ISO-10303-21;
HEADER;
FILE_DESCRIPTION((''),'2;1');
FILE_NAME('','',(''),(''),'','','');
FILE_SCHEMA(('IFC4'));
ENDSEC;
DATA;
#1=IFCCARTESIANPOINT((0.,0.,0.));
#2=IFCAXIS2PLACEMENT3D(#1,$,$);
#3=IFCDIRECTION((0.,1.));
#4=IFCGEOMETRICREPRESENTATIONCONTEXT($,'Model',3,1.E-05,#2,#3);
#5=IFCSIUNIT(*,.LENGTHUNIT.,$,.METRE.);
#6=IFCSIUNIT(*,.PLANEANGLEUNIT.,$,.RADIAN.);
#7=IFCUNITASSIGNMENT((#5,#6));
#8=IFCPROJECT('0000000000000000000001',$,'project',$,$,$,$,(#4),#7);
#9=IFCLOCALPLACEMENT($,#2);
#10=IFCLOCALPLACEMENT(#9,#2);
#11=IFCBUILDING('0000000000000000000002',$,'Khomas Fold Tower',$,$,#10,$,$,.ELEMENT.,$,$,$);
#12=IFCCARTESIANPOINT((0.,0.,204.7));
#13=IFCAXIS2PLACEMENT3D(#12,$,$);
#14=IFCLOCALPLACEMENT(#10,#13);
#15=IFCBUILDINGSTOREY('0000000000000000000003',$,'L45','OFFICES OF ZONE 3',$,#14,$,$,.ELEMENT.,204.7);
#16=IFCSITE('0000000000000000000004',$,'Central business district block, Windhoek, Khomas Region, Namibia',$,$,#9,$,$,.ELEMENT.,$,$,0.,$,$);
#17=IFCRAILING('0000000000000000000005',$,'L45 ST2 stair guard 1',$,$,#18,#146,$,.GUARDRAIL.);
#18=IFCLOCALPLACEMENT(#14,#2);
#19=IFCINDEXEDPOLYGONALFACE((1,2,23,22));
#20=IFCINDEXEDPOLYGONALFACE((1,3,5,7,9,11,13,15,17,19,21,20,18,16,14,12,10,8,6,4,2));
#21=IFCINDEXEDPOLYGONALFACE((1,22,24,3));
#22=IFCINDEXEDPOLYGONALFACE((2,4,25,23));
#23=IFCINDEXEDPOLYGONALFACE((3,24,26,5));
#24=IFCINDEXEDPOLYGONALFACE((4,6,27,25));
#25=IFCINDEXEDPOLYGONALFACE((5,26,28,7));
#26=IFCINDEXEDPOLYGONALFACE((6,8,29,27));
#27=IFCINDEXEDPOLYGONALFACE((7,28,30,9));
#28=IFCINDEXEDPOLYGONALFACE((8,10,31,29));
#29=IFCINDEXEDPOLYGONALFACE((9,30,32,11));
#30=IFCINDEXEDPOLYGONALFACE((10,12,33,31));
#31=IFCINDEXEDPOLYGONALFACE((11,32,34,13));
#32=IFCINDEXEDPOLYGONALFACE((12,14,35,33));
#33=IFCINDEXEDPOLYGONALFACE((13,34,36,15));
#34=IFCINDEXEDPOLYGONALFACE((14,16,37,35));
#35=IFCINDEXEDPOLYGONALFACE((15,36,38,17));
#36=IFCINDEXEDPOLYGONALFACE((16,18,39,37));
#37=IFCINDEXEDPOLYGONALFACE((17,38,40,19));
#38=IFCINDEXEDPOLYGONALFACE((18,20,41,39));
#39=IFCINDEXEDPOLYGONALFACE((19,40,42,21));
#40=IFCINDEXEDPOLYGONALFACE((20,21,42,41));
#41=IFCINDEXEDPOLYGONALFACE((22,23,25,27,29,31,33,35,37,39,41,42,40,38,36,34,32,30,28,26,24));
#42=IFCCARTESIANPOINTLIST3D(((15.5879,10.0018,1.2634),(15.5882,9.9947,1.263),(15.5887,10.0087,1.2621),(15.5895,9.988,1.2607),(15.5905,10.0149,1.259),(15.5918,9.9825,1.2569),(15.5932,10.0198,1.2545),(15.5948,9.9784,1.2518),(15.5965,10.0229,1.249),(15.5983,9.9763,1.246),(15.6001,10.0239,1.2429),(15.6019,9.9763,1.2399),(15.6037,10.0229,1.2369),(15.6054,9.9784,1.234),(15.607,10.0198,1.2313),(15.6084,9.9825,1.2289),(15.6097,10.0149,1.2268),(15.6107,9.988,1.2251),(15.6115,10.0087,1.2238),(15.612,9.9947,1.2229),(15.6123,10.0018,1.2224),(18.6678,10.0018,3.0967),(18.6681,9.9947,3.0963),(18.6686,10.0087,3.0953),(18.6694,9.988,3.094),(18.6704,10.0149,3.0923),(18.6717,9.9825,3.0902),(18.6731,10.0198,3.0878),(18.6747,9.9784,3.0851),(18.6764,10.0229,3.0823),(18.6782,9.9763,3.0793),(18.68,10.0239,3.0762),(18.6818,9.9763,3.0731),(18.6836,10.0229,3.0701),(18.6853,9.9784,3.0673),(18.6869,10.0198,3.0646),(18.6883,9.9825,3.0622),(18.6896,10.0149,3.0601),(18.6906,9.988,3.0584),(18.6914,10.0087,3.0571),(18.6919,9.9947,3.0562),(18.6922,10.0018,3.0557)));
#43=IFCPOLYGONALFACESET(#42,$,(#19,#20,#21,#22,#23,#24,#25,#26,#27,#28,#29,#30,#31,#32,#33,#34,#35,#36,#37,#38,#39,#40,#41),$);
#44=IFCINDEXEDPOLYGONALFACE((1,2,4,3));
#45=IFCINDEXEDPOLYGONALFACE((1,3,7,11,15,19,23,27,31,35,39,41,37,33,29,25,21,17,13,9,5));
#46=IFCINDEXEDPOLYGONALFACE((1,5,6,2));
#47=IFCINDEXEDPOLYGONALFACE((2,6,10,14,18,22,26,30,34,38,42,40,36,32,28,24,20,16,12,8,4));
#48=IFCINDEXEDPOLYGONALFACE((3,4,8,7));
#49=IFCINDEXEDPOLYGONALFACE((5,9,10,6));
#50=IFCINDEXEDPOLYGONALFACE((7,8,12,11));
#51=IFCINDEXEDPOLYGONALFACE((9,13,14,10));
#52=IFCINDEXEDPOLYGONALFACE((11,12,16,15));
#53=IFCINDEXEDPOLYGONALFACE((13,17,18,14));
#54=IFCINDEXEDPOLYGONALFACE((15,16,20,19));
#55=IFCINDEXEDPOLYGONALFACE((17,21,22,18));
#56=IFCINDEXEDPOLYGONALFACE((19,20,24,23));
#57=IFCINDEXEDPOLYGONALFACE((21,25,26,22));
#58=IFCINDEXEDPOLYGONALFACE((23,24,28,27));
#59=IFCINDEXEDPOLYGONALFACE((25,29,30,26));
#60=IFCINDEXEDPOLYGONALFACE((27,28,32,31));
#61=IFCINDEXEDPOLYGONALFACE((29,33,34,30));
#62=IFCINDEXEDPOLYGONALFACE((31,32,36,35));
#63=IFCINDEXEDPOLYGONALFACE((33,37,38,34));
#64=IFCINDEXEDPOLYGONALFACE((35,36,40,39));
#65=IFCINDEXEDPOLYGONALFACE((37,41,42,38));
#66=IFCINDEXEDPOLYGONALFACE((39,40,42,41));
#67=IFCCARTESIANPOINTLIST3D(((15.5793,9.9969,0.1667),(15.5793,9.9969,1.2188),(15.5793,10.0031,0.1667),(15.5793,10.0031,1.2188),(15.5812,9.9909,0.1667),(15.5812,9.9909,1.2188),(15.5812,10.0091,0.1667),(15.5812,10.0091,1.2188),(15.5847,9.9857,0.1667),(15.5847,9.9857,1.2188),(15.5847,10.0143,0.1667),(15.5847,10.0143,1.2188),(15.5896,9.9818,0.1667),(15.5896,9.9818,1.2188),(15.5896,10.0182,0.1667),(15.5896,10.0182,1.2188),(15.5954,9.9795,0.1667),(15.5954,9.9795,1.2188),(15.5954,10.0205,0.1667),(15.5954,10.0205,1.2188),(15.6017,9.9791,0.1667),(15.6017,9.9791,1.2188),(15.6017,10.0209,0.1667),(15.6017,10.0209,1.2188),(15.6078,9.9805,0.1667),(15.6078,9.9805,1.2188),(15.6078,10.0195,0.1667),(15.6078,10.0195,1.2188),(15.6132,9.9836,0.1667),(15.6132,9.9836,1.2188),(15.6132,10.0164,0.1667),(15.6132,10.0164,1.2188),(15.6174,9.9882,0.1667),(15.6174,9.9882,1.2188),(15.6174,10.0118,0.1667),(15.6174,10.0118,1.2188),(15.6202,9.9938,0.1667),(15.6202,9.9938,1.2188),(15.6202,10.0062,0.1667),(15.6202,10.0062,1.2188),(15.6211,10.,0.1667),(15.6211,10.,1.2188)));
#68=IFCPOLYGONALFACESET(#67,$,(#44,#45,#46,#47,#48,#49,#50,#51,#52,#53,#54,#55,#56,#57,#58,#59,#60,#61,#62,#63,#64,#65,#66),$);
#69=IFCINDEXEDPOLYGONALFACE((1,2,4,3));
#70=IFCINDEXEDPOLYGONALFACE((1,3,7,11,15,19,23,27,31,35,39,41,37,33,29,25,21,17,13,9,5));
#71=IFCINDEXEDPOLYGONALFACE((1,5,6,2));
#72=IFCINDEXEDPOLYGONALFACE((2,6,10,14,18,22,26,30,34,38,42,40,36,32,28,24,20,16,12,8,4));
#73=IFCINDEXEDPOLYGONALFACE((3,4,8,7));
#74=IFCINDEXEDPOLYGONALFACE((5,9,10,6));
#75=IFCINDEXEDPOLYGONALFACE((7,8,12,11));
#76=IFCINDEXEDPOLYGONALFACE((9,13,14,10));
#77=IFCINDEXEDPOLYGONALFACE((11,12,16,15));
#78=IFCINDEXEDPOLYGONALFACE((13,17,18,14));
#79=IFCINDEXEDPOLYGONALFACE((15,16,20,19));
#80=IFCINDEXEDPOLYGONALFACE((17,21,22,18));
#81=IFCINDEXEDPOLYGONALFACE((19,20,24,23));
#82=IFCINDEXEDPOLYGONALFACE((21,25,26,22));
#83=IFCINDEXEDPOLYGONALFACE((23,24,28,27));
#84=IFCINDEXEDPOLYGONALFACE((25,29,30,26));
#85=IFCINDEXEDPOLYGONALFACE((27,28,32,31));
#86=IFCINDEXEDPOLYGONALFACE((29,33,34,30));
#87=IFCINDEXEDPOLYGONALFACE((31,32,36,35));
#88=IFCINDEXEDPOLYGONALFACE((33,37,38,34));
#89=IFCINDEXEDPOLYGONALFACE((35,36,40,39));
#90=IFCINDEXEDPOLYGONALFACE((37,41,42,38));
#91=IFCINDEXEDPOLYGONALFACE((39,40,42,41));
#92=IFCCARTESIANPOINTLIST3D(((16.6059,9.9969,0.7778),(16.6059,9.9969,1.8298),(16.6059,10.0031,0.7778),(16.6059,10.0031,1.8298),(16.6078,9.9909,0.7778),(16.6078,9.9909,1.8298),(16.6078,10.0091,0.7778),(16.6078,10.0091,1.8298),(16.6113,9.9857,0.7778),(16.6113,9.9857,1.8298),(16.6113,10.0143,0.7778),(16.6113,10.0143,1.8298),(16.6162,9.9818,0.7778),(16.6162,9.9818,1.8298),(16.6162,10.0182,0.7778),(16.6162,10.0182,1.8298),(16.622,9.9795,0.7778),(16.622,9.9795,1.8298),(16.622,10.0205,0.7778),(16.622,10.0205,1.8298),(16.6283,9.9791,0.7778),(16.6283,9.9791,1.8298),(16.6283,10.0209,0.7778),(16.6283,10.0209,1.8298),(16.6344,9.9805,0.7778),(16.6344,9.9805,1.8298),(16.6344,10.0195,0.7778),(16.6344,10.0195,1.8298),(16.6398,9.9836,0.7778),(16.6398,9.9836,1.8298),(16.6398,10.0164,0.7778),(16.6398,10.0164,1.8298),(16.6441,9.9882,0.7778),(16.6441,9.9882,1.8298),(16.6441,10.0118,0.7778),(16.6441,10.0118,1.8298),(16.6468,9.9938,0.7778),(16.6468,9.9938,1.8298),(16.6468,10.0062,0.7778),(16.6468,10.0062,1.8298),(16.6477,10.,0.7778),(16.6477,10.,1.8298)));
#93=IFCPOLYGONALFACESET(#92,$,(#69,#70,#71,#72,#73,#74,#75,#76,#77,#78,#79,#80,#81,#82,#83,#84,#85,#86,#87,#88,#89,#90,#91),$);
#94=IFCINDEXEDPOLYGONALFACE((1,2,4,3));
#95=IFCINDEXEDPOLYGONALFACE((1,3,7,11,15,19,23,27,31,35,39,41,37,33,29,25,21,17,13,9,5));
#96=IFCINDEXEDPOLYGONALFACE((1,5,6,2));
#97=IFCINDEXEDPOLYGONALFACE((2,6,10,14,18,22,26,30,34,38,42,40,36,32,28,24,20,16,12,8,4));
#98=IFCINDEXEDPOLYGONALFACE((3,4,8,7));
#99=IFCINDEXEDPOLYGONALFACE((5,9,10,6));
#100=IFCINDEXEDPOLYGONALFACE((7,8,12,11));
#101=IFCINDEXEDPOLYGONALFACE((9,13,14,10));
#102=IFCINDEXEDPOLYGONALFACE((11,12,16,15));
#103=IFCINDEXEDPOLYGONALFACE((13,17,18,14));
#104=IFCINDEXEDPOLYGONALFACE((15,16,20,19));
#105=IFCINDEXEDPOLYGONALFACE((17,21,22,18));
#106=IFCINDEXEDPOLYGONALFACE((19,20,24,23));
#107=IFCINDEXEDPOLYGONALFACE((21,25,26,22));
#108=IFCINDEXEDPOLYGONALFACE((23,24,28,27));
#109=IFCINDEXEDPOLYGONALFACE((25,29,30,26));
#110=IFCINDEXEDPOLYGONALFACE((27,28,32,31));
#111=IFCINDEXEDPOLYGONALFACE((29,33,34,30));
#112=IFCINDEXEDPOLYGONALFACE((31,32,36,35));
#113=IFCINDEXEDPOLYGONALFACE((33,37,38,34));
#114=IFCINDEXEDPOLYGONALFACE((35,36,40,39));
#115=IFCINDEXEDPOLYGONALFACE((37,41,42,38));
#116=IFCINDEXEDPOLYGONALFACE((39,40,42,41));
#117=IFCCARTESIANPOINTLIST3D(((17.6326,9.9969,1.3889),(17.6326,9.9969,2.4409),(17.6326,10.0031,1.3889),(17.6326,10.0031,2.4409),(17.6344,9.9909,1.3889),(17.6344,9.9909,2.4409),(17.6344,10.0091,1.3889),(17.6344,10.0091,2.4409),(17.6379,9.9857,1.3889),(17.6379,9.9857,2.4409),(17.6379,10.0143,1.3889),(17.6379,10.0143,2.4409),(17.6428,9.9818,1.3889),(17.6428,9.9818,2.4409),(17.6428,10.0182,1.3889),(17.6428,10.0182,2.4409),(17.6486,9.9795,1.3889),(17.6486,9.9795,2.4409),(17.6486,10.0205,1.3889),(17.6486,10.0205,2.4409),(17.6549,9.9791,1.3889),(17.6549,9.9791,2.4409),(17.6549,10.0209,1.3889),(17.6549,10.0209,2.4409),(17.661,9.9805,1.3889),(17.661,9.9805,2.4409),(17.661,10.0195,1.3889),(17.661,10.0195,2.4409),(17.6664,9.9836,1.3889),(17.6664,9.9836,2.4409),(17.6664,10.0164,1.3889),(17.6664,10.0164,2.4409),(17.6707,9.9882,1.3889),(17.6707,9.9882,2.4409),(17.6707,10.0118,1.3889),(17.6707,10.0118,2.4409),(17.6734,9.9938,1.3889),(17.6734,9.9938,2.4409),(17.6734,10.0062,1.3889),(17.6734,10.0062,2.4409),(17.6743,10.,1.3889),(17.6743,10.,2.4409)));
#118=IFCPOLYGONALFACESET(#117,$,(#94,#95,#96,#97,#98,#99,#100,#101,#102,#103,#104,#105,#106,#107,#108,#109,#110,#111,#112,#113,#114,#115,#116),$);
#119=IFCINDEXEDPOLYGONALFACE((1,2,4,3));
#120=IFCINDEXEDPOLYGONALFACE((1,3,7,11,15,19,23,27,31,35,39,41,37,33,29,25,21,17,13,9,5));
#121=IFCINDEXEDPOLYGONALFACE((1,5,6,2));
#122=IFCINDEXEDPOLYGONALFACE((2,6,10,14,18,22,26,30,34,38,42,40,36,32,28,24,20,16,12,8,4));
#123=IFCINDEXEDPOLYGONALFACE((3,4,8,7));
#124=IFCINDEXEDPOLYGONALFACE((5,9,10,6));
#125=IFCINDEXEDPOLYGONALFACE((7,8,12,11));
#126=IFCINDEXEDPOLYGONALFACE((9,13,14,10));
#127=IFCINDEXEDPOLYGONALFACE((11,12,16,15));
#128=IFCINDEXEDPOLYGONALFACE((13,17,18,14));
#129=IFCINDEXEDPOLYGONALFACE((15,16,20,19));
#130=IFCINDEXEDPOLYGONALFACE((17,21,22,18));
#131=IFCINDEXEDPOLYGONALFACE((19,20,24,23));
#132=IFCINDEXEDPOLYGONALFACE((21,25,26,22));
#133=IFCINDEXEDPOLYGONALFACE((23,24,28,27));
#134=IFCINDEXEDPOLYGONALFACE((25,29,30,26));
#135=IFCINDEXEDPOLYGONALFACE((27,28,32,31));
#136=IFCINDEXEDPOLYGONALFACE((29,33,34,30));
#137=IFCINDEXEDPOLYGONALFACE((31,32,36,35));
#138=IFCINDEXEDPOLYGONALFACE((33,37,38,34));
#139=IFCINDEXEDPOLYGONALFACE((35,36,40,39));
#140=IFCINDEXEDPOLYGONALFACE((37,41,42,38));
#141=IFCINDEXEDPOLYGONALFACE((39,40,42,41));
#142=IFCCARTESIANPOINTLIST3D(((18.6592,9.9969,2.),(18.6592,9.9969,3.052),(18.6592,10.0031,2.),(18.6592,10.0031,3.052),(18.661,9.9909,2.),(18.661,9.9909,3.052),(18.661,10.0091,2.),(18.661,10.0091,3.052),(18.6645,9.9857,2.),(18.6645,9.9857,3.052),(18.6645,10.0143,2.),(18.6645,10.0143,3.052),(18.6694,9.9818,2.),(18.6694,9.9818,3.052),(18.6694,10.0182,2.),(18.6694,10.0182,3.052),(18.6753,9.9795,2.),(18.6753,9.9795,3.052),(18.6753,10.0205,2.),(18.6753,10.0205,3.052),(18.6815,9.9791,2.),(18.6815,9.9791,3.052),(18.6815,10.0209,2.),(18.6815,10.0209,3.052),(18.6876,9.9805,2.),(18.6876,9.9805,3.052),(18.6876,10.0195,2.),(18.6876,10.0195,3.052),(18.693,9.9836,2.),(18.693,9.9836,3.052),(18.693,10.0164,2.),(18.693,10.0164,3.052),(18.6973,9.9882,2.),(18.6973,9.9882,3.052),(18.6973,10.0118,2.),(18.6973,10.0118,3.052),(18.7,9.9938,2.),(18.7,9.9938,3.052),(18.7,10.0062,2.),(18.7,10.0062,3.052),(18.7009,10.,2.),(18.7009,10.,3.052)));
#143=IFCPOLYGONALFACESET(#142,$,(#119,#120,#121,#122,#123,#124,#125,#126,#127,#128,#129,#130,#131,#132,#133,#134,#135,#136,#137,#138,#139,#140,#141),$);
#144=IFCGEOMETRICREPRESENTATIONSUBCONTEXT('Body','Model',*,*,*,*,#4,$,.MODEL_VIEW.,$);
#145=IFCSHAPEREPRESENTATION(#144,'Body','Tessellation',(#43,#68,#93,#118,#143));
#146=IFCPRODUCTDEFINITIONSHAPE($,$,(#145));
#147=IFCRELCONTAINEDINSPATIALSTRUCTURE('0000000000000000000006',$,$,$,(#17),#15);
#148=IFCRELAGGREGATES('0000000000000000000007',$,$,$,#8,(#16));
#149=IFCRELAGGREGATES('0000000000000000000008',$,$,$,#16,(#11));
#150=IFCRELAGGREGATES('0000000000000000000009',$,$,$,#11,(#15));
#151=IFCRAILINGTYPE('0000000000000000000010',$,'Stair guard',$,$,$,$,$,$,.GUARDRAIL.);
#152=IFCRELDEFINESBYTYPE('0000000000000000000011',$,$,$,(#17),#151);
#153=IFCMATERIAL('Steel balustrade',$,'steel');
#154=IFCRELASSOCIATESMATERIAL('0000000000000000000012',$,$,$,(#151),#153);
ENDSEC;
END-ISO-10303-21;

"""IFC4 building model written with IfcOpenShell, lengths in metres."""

from ifc_helpers import new_model, si_unit, direction, frame, origin, origin_2d, place, context, subcontext, project, spatial, circle, extrude, source, transform, mapped, material, type_object, element, save


model = new_model("IFC4")

# Units and contexts
model_context = context("Model", 3, precision=1e-05, world=origin(), true_north=direction((0.0, 1.0)))
body_context = subcontext(model_context, "Body", "Model", "MODEL_VIEW")
ifc_project = project(units=[si_unit("LENGTHUNIT", "METRE"), si_unit("PLANEANGLEUNIT", "RADIAN")], contexts=[model_context])

# Site, building, storey
site_placement = place(None, origin())
site = spatial("IfcSite", under=ifc_project, at=site_placement, Name="Central business district block, Windhoek, Khomas Region, Namibia", CompositionType="ELEMENT", RefElevation=0.0)
building_placement = place(site_placement, origin())
building = spatial("IfcBuilding", under=site, at=building_placement, Name="Khomas Fold Tower", CompositionType="ELEMENT")
storey_placement = place(building_placement, frame((0.0, 0.0, 204.7)))
storey = spatial("IfcBuildingStorey", under=building, at=storey_placement, Name="L45", Description="OFFICES OF ZONE 3", CompositionType="ELEMENT", Elevation=204.7)

# Railing
ifc_material_1 = material(Name="Steel balustrade", Category="steel")
railing_type_1 = type_object("IfcRailingType", Name="Stair guard", PredefinedType="GUARDRAIL", material=ifc_material_1)
shared_shape_1 = source(origin(), body_context, "Body", "SweptSolid", [
    extrude(circle(Radius=0.0239, at=origin_2d()), frame((0.0, 0.0, 1.0762), z_axis=(0.859291, 0.0, 0.511487), x_axis=(0.0, 1.0, 0.0)), (0.0, 0.0, 1.0), 3.5842),
    extrude(circle(Radius=0.021, at=origin_2d()), origin(), (0.0, 0.0, 1.0), 1.052),
    extrude(circle(Radius=0.021, at=origin_2d()), frame((1.0266, 0.0, 0.6111)), (0.0, 0.0, 1.0), 1.052),
    extrude(circle(Radius=0.021, at=origin_2d()), frame((2.0532, 0.0, 1.2222)), (0.0, 0.0, 1.0), 1.052),
    extrude(circle(Radius=0.021, at=origin_2d()), frame((3.0798, 0.0, 1.8333)), (0.0, 0.0, 1.0), 1.052),
])
railing_1_placement = place(storey_placement, frame((15.6001, 10.0, 0.1667)))
element("IfcRailing", 1, at=railing_1_placement, inside=storey, type_object=railing_type_1, Name="L45 ST2 stair guard 1", PredefinedType="GUARDRAIL", context=body_context, shape_type="MappedRepresentation", body=[
    mapped(shared_shape_1, transform((0.0, 0.0, 0.0))),
])

save(model, "model.ifc")
